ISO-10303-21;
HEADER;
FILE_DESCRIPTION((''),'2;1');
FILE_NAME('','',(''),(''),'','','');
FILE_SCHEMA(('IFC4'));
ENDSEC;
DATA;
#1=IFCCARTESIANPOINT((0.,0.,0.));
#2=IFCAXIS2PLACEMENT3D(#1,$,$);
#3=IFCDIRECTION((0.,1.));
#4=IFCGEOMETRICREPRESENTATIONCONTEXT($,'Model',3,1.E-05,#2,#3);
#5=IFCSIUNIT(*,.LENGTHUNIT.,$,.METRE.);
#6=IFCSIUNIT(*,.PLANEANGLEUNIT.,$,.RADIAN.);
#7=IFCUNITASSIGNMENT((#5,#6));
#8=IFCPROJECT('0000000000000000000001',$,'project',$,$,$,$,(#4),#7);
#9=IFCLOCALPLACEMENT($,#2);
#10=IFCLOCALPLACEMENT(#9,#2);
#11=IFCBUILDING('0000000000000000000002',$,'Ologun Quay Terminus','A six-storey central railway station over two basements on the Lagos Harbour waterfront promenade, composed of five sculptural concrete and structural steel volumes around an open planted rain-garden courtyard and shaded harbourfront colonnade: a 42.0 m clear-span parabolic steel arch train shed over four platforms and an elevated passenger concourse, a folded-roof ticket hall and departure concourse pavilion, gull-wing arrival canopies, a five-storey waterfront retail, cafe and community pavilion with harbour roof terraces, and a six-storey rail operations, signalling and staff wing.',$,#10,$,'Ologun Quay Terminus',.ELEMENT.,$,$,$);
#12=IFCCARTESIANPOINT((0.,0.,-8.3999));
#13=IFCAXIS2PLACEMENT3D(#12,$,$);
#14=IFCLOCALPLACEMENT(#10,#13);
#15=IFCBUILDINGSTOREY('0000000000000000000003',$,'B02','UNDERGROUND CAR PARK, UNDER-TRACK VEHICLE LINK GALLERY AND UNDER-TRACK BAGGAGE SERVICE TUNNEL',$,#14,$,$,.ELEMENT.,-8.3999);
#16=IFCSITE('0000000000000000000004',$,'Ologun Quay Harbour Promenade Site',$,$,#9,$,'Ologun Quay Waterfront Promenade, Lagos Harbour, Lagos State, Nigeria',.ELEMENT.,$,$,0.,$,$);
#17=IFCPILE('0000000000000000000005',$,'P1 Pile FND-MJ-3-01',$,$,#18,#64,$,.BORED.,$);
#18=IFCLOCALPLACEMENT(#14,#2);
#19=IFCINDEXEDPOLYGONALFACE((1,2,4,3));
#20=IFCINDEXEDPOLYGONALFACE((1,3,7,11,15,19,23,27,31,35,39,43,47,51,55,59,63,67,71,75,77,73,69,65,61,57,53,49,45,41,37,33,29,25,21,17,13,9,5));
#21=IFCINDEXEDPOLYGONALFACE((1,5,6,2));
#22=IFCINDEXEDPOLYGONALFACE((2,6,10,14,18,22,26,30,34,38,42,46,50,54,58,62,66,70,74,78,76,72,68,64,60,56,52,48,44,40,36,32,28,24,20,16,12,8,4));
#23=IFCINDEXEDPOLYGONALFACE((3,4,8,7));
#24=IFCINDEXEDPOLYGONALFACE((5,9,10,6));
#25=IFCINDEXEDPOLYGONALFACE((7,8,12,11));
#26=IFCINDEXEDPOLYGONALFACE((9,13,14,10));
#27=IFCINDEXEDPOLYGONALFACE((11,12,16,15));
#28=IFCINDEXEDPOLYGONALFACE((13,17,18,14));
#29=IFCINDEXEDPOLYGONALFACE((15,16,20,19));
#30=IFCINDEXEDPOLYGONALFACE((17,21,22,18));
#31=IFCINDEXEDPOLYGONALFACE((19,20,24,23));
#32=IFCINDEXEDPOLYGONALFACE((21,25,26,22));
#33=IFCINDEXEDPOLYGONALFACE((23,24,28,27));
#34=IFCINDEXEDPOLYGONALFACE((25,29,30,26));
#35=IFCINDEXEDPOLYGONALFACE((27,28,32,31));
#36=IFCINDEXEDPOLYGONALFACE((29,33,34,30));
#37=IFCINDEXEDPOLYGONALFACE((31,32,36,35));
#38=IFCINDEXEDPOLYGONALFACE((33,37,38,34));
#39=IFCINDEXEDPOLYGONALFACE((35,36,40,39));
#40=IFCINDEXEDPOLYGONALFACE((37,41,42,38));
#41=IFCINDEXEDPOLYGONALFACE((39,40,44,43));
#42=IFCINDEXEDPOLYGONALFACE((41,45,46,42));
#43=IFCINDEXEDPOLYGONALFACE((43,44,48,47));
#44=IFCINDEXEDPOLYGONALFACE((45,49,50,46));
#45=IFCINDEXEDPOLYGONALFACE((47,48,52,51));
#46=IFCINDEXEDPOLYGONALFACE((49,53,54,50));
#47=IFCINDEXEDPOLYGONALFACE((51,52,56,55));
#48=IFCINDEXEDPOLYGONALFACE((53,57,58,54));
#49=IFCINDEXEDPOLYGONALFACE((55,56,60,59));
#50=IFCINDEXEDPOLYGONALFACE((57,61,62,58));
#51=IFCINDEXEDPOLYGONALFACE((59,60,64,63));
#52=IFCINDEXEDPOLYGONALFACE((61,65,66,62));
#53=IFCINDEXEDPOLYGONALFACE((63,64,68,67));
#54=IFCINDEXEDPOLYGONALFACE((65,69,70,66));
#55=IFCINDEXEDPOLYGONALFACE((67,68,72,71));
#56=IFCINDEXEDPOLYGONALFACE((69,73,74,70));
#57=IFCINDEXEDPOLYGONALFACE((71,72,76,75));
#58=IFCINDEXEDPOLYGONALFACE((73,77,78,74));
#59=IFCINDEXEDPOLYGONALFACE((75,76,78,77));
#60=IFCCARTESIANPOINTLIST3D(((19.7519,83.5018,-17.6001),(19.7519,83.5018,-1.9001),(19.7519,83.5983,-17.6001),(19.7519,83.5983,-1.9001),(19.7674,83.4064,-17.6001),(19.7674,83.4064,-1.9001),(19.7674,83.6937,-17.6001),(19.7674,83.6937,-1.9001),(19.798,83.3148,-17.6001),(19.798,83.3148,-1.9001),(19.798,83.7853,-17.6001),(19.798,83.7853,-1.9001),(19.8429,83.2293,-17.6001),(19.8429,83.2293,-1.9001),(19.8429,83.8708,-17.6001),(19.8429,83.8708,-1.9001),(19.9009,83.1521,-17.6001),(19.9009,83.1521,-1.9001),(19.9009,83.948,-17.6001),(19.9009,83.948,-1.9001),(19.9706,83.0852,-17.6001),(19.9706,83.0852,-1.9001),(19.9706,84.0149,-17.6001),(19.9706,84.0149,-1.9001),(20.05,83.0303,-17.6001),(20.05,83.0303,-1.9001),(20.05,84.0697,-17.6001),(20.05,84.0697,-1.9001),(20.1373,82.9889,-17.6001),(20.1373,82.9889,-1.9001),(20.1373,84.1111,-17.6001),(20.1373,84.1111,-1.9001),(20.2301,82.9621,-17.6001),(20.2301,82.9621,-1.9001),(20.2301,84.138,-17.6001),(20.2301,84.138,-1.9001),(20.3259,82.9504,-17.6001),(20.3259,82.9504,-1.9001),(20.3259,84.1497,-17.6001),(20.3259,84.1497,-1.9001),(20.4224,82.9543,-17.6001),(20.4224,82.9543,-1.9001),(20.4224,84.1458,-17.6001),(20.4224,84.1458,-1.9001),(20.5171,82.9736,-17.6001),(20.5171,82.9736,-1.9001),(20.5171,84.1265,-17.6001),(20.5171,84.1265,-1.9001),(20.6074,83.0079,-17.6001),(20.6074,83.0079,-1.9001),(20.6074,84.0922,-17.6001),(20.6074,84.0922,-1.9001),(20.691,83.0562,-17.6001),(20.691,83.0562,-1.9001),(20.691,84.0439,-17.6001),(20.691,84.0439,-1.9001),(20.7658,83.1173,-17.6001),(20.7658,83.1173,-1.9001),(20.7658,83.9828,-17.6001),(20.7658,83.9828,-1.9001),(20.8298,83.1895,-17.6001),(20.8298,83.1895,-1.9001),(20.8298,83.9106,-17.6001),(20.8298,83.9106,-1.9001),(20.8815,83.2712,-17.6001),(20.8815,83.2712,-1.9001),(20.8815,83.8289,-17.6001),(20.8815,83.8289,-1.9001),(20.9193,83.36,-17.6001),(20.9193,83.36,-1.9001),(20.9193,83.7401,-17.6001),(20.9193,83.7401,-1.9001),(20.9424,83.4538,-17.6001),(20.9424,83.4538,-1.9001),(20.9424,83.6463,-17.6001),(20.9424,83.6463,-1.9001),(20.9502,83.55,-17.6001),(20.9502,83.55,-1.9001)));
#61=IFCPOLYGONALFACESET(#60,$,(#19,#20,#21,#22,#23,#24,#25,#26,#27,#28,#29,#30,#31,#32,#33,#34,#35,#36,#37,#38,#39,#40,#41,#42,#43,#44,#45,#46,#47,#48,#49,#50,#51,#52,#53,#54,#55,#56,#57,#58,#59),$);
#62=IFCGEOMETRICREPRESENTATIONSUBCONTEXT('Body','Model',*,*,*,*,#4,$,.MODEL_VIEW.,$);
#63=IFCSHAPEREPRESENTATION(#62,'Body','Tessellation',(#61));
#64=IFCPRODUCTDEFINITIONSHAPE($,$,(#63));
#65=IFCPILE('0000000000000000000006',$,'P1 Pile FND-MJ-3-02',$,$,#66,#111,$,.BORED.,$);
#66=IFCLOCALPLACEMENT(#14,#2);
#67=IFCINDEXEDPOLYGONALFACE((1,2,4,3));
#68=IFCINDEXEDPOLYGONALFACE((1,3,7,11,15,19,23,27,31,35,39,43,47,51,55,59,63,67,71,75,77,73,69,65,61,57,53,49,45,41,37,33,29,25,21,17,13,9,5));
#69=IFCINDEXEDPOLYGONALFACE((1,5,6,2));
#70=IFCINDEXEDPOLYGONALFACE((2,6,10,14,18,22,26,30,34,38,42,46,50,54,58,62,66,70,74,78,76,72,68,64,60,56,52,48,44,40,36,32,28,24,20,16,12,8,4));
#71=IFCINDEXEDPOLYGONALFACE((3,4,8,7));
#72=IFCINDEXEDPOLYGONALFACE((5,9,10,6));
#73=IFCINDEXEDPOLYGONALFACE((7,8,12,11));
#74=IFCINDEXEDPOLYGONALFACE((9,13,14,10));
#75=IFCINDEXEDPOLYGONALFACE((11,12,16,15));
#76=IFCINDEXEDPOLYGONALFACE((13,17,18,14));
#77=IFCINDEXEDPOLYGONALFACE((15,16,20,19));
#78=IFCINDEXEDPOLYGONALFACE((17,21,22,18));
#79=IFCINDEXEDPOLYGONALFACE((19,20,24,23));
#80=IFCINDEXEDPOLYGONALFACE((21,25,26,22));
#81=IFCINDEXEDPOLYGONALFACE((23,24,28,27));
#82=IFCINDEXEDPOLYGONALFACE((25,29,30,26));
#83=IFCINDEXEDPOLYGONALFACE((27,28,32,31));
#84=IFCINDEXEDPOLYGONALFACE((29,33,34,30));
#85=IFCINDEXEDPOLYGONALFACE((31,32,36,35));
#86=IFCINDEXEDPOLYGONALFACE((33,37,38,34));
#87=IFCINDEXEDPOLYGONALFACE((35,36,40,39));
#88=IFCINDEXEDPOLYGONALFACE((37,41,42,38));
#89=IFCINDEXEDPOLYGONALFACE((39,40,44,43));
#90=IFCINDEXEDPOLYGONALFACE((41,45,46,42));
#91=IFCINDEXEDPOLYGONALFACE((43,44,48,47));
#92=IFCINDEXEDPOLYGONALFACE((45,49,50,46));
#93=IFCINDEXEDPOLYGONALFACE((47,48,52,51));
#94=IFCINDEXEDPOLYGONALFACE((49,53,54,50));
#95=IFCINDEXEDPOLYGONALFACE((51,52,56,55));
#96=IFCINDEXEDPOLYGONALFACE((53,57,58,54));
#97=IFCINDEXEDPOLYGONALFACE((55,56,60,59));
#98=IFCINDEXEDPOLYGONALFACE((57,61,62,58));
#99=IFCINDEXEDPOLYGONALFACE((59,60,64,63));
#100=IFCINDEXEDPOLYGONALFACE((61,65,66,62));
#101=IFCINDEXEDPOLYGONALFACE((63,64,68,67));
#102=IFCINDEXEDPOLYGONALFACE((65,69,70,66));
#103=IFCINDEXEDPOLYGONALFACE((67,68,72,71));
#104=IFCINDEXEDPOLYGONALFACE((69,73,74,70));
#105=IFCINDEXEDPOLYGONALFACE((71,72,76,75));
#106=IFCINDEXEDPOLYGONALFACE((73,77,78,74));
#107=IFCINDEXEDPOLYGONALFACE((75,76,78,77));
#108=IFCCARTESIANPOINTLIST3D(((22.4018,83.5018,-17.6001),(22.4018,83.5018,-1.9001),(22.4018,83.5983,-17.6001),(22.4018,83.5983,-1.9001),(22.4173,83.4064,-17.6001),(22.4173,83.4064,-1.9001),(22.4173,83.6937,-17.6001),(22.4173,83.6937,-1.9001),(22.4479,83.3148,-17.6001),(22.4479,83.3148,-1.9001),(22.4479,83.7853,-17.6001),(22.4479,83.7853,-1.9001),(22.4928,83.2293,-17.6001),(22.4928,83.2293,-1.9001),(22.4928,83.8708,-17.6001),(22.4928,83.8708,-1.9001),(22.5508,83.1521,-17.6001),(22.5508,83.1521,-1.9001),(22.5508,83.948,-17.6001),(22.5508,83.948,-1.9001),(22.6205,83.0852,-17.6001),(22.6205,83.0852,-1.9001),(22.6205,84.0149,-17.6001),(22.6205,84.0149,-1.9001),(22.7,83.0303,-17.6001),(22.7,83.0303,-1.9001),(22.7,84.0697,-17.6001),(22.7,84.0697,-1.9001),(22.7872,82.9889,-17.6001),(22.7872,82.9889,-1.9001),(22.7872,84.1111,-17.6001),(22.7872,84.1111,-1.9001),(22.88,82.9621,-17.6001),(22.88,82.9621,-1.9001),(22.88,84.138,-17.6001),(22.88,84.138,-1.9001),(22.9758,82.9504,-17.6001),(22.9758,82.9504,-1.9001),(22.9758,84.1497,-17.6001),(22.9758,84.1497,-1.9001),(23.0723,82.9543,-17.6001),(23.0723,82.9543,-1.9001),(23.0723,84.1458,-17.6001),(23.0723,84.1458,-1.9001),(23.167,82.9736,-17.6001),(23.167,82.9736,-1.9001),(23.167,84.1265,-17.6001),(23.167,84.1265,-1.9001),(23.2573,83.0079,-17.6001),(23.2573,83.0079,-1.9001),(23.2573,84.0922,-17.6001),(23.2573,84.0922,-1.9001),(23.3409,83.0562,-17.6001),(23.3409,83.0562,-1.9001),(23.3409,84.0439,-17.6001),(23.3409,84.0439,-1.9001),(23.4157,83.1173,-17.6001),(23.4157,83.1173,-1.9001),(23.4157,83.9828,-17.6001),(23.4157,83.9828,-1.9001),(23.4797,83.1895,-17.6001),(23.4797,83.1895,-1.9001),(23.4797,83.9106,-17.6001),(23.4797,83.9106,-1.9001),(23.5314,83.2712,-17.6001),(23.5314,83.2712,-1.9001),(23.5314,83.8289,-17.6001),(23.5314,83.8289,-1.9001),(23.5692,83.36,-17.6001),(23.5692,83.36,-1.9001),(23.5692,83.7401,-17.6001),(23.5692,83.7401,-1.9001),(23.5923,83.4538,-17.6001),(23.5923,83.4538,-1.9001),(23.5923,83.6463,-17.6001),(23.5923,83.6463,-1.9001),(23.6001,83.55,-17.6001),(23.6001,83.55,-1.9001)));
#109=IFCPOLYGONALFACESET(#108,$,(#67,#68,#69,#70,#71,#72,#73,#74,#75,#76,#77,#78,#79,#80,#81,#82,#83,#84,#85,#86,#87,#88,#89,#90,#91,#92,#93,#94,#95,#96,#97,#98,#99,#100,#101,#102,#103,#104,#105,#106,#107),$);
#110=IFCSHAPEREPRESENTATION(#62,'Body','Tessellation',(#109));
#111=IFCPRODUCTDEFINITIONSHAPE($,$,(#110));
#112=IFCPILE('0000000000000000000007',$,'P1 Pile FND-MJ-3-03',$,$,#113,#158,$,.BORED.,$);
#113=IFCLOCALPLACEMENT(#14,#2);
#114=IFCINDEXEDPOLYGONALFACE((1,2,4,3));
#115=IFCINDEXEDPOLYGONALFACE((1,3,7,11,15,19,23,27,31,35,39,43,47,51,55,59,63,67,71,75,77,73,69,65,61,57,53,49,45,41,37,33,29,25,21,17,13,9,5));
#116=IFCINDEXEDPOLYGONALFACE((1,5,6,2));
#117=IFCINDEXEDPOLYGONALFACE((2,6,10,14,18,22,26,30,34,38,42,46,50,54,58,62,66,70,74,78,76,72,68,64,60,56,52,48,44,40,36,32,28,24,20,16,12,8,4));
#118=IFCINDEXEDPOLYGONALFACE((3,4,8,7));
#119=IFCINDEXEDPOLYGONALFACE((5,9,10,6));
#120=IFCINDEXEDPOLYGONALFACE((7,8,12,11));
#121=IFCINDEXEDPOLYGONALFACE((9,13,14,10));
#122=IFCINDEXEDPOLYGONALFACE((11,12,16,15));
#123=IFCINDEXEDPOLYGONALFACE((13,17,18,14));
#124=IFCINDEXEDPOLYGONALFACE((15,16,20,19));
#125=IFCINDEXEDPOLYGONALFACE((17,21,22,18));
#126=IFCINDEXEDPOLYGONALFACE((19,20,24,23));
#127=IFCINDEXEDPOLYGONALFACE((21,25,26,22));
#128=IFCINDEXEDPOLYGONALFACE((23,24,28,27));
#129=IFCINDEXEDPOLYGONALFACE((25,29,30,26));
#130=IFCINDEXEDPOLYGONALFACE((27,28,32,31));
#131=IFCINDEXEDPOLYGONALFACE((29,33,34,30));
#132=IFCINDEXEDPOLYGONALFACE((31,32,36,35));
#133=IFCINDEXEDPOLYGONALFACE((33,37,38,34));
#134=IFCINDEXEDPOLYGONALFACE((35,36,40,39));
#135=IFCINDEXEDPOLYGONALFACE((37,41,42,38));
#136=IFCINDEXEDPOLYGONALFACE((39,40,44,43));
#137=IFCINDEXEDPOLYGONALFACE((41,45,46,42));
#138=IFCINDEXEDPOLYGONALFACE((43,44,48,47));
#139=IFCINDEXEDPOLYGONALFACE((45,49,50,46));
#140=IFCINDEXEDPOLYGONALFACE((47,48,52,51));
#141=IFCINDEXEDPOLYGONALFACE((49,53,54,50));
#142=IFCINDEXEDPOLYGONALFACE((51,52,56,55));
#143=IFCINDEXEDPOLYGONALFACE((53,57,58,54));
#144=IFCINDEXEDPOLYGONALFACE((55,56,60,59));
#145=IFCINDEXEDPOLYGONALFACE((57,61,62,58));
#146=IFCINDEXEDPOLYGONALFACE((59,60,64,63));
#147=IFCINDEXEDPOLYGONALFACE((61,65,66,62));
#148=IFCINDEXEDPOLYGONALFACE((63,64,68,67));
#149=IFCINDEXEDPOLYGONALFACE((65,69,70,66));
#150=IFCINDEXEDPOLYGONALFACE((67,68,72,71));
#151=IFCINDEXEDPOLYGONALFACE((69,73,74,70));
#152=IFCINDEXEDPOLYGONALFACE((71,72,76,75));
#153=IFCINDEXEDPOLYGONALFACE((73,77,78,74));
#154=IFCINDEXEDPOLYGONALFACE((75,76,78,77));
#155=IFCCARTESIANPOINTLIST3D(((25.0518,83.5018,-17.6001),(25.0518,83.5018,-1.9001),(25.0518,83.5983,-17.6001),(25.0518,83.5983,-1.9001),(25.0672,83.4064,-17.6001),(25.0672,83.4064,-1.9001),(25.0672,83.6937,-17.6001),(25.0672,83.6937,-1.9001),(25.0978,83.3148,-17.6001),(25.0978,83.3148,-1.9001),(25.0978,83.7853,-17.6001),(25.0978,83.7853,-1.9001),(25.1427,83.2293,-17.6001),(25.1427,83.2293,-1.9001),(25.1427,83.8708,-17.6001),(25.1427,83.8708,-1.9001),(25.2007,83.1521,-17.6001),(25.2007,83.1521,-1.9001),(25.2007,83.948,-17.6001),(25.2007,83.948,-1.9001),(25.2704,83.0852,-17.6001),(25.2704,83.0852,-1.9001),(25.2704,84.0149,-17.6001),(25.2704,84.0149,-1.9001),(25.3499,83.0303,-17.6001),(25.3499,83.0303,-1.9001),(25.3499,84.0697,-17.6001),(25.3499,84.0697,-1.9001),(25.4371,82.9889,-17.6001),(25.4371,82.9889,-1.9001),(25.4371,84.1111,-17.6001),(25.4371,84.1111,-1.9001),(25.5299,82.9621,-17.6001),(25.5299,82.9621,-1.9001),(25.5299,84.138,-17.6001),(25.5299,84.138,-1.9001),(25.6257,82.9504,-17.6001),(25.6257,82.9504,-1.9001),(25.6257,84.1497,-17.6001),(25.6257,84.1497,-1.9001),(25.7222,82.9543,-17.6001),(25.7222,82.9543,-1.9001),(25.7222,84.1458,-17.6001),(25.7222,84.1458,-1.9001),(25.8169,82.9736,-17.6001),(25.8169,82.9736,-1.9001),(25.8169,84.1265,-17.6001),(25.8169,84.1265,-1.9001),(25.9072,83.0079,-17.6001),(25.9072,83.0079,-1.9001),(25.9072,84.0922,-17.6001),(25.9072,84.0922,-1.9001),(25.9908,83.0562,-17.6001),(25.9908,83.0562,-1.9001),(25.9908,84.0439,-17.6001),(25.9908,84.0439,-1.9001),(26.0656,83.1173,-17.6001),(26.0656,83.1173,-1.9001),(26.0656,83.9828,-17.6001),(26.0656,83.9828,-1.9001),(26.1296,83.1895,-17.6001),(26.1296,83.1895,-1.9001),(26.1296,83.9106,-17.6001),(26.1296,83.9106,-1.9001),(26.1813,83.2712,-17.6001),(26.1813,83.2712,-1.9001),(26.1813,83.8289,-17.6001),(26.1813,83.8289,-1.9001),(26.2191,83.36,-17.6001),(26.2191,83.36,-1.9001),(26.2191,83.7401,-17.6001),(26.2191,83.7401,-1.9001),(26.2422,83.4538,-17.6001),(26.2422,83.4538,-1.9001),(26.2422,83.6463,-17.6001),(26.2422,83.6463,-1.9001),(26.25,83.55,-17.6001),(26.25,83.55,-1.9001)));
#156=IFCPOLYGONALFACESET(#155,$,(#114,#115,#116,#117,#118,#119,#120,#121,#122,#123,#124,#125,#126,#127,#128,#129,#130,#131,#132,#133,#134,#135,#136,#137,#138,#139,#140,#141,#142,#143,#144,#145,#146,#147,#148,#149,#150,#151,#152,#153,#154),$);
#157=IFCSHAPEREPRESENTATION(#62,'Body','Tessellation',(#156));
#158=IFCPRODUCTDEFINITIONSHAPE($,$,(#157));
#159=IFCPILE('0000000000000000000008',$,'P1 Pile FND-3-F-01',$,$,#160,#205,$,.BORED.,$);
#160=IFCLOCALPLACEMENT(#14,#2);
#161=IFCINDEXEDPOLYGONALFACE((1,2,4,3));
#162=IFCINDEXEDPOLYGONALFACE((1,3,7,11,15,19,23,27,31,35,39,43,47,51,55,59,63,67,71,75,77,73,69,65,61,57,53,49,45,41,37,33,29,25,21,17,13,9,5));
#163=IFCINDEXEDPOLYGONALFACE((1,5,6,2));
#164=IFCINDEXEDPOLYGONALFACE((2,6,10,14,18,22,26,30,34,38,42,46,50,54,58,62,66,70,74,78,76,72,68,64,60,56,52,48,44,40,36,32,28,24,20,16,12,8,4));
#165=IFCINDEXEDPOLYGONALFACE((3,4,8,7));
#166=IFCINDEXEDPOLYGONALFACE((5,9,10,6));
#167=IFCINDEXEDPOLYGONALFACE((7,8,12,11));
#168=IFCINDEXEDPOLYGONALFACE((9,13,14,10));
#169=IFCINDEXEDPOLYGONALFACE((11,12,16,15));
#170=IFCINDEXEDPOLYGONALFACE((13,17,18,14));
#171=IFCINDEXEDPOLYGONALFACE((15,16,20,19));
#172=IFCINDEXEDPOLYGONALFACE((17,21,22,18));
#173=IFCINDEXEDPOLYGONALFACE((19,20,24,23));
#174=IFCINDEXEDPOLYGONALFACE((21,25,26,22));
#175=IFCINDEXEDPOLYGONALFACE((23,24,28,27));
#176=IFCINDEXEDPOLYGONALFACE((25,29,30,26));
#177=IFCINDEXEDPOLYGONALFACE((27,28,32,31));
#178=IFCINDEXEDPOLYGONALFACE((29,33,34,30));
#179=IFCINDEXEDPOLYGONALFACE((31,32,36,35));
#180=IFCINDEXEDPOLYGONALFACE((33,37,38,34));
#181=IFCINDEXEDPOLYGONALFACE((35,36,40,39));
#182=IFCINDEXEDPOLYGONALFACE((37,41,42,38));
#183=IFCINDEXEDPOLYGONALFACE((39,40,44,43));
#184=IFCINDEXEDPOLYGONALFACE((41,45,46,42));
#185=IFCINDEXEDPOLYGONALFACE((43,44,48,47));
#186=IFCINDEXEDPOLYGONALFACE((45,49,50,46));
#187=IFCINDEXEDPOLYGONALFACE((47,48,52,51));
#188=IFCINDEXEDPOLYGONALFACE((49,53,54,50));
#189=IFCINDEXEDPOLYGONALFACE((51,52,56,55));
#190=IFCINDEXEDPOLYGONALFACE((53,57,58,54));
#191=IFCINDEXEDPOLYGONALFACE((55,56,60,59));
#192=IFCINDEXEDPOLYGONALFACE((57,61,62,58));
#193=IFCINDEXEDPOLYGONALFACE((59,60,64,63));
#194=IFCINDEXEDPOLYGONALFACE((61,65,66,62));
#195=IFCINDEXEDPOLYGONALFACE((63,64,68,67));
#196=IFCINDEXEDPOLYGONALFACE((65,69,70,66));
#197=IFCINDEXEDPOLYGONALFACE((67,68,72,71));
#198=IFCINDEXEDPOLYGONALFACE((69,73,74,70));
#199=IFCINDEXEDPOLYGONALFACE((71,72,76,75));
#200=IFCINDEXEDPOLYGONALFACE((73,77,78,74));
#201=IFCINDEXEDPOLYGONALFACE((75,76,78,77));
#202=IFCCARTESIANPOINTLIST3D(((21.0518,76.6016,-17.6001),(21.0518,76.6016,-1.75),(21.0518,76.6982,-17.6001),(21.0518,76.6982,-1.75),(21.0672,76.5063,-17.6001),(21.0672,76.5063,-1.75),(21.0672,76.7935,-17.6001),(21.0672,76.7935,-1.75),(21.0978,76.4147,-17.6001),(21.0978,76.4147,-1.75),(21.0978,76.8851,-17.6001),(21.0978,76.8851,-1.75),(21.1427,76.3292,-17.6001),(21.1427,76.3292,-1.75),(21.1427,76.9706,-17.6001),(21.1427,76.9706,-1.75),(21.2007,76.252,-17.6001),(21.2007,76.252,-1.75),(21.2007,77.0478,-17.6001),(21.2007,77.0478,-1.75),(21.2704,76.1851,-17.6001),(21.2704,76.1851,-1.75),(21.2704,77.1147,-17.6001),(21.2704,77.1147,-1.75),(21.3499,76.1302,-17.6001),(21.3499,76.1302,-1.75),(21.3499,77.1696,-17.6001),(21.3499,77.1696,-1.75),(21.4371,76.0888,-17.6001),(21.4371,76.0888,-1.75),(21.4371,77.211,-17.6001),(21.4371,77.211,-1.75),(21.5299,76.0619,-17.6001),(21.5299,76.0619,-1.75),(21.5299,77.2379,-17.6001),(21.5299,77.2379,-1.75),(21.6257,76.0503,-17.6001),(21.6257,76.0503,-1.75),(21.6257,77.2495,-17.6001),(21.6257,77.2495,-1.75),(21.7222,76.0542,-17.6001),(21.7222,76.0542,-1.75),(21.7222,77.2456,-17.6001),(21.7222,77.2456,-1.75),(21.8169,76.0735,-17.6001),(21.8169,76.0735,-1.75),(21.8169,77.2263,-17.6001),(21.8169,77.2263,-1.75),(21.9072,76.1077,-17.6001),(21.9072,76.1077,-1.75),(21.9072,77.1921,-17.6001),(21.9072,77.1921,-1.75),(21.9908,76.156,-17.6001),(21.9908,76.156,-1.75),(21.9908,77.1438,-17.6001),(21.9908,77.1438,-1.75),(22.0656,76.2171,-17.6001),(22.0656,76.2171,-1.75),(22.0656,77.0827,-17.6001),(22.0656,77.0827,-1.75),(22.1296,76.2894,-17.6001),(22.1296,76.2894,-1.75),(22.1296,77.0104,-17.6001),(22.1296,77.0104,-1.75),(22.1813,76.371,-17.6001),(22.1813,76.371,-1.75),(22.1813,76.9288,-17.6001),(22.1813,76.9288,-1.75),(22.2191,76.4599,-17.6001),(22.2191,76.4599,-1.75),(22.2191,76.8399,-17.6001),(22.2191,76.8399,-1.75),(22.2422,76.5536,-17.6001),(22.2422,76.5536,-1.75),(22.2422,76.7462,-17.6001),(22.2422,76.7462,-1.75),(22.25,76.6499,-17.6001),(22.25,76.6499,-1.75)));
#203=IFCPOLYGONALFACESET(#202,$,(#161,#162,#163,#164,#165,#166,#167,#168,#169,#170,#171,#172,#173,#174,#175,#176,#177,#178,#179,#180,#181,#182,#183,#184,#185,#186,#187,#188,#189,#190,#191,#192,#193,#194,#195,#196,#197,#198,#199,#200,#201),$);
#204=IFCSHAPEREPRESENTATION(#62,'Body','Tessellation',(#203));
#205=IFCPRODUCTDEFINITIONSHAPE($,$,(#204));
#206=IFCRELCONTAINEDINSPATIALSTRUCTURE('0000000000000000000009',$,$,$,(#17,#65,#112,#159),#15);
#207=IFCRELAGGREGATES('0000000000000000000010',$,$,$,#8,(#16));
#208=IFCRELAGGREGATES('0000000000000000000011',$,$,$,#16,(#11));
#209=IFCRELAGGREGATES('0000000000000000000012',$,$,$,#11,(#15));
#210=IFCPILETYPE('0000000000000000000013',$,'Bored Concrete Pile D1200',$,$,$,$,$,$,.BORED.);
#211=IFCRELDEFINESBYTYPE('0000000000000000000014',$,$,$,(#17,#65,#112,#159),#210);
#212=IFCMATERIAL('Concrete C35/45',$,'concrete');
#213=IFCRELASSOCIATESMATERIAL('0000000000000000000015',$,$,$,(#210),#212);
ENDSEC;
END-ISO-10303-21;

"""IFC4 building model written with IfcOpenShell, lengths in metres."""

from ifc_helpers import new_model, si_unit, direction, frame, origin, origin_2d, place, context, subcontext, project, spatial, circle, extrude, material, material_profile, profile_set, type_object, element, save


model = new_model("IFC4")

# Units and contexts
model_context = context("Model", 3, precision=1e-05, world=origin(), true_north=direction((0.0, 1.0)))
body_context = subcontext(model_context, "Body", "Model", "MODEL_VIEW")
ifc_project = project(units=[si_unit("LENGTHUNIT", "METRE"), si_unit("PLANEANGLEUNIT", "RADIAN")], contexts=[model_context])

# Site, building, storey
site_placement = place(None, origin())
site = spatial("IfcSite", under=ifc_project, at=site_placement, Name="Ologun Quay Harbour Promenade Site", LongName="Ologun Quay Waterfront Promenade, Lagos Harbour, Lagos State, Nigeria", CompositionType="ELEMENT", RefElevation=0.0)
building_placement = place(site_placement, origin())
building = spatial("IfcBuilding", under=site, at=building_placement, Name="Ologun Quay Terminus", Description="A six-storey central railway station over two basements on the Lagos Harbour waterfront promenade, composed of five sculptural concrete and structural steel volumes around an open planted rain-garden courtyard and shaded harbourfront colonnade: a 42.0 m clear-span parabolic steel arch train shed over four platforms and an elevated passenger concourse, a folded-roof ticket hall and departure concourse pavilion, gull-wing arrival canopies, a five-storey waterfront retail, cafe and community pavilion with harbour roof terraces, and a six-storey rail operations, signalling and staff wing.", LongName="Ologun Quay Terminus", CompositionType="ELEMENT")
storey_placement = place(building_placement, frame((0.0, 0.0, -8.3999)))
storey = spatial("IfcBuildingStorey", under=building, at=storey_placement, Name="B02", Description="UNDERGROUND CAR PARK, UNDER-TRACK VEHICLE LINK GALLERY AND UNDER-TRACK BAGGAGE SERVICE TUNNEL", CompositionType="ELEMENT", Elevation=-8.3999)

# Piles
ifc_material_1 = material(Name="Concrete C35/45", Category="concrete")
ifc_material_profile_1 = material_profile(ifc_material_1, circle(Radius=0.6001, at=origin_2d()), Name="PILE D1200")
ifc_profile_set_1 = profile_set([ifc_material_profile_1], Name="Concrete C35/45")
pile_type = type_object("IfcPileType", Name="Bored Concrete Pile D1200", PredefinedType="BORED", material=ifc_profile_set_1)
for number, where, z_axis, x_axis, name in (
    (1, (20.3501, 83.55, -1.9001), (0.0, 0.0, -1.0), (1.0, 0.0, 0.0), "P1 Pile FND-MJ-3-01"),
    (2, (23.0, 83.55, -1.9001), (0.0, 0.0, -1.0), (1.0, 0.0, 0.0), "P1 Pile FND-MJ-3-02"),
    (3, (25.6499, 83.55, -1.9001), (0.0, 0.0, -1.0), (1.0, 0.0, 0.0), "P1 Pile FND-MJ-3-03"),
):
    element("IfcPile", number, at=place(storey_placement, frame(where, z_axis=z_axis, x_axis=x_axis)), inside=storey, type_object=pile_type, Name=name, PredefinedType="BORED", context=body_context, shape_type="SweptSolid", body=[
        extrude(circle(Radius=0.6001, at=origin_2d()), origin(), (0.0, 0.0, 1.0), 15.7),
    ])
for number, where, z_axis, x_axis, name in (
    (4, (21.6499, 76.6499, -1.75), (0.0, 0.0, -1.0), (1.0, 0.0, 0.0), "P1 Pile FND-3-F-01"),
):
    element("IfcPile", number, at=place(storey_placement, frame(where, z_axis=z_axis, x_axis=x_axis)), inside=storey, type_object=pile_type, Name=name, PredefinedType="BORED", context=body_context, shape_type="SweptSolid", body=[
        extrude(circle(Radius=0.6001, at=origin_2d()), origin(), (0.0, 0.0, 1.0), 15.8501),
    ])

save(model, "model.ifc")
